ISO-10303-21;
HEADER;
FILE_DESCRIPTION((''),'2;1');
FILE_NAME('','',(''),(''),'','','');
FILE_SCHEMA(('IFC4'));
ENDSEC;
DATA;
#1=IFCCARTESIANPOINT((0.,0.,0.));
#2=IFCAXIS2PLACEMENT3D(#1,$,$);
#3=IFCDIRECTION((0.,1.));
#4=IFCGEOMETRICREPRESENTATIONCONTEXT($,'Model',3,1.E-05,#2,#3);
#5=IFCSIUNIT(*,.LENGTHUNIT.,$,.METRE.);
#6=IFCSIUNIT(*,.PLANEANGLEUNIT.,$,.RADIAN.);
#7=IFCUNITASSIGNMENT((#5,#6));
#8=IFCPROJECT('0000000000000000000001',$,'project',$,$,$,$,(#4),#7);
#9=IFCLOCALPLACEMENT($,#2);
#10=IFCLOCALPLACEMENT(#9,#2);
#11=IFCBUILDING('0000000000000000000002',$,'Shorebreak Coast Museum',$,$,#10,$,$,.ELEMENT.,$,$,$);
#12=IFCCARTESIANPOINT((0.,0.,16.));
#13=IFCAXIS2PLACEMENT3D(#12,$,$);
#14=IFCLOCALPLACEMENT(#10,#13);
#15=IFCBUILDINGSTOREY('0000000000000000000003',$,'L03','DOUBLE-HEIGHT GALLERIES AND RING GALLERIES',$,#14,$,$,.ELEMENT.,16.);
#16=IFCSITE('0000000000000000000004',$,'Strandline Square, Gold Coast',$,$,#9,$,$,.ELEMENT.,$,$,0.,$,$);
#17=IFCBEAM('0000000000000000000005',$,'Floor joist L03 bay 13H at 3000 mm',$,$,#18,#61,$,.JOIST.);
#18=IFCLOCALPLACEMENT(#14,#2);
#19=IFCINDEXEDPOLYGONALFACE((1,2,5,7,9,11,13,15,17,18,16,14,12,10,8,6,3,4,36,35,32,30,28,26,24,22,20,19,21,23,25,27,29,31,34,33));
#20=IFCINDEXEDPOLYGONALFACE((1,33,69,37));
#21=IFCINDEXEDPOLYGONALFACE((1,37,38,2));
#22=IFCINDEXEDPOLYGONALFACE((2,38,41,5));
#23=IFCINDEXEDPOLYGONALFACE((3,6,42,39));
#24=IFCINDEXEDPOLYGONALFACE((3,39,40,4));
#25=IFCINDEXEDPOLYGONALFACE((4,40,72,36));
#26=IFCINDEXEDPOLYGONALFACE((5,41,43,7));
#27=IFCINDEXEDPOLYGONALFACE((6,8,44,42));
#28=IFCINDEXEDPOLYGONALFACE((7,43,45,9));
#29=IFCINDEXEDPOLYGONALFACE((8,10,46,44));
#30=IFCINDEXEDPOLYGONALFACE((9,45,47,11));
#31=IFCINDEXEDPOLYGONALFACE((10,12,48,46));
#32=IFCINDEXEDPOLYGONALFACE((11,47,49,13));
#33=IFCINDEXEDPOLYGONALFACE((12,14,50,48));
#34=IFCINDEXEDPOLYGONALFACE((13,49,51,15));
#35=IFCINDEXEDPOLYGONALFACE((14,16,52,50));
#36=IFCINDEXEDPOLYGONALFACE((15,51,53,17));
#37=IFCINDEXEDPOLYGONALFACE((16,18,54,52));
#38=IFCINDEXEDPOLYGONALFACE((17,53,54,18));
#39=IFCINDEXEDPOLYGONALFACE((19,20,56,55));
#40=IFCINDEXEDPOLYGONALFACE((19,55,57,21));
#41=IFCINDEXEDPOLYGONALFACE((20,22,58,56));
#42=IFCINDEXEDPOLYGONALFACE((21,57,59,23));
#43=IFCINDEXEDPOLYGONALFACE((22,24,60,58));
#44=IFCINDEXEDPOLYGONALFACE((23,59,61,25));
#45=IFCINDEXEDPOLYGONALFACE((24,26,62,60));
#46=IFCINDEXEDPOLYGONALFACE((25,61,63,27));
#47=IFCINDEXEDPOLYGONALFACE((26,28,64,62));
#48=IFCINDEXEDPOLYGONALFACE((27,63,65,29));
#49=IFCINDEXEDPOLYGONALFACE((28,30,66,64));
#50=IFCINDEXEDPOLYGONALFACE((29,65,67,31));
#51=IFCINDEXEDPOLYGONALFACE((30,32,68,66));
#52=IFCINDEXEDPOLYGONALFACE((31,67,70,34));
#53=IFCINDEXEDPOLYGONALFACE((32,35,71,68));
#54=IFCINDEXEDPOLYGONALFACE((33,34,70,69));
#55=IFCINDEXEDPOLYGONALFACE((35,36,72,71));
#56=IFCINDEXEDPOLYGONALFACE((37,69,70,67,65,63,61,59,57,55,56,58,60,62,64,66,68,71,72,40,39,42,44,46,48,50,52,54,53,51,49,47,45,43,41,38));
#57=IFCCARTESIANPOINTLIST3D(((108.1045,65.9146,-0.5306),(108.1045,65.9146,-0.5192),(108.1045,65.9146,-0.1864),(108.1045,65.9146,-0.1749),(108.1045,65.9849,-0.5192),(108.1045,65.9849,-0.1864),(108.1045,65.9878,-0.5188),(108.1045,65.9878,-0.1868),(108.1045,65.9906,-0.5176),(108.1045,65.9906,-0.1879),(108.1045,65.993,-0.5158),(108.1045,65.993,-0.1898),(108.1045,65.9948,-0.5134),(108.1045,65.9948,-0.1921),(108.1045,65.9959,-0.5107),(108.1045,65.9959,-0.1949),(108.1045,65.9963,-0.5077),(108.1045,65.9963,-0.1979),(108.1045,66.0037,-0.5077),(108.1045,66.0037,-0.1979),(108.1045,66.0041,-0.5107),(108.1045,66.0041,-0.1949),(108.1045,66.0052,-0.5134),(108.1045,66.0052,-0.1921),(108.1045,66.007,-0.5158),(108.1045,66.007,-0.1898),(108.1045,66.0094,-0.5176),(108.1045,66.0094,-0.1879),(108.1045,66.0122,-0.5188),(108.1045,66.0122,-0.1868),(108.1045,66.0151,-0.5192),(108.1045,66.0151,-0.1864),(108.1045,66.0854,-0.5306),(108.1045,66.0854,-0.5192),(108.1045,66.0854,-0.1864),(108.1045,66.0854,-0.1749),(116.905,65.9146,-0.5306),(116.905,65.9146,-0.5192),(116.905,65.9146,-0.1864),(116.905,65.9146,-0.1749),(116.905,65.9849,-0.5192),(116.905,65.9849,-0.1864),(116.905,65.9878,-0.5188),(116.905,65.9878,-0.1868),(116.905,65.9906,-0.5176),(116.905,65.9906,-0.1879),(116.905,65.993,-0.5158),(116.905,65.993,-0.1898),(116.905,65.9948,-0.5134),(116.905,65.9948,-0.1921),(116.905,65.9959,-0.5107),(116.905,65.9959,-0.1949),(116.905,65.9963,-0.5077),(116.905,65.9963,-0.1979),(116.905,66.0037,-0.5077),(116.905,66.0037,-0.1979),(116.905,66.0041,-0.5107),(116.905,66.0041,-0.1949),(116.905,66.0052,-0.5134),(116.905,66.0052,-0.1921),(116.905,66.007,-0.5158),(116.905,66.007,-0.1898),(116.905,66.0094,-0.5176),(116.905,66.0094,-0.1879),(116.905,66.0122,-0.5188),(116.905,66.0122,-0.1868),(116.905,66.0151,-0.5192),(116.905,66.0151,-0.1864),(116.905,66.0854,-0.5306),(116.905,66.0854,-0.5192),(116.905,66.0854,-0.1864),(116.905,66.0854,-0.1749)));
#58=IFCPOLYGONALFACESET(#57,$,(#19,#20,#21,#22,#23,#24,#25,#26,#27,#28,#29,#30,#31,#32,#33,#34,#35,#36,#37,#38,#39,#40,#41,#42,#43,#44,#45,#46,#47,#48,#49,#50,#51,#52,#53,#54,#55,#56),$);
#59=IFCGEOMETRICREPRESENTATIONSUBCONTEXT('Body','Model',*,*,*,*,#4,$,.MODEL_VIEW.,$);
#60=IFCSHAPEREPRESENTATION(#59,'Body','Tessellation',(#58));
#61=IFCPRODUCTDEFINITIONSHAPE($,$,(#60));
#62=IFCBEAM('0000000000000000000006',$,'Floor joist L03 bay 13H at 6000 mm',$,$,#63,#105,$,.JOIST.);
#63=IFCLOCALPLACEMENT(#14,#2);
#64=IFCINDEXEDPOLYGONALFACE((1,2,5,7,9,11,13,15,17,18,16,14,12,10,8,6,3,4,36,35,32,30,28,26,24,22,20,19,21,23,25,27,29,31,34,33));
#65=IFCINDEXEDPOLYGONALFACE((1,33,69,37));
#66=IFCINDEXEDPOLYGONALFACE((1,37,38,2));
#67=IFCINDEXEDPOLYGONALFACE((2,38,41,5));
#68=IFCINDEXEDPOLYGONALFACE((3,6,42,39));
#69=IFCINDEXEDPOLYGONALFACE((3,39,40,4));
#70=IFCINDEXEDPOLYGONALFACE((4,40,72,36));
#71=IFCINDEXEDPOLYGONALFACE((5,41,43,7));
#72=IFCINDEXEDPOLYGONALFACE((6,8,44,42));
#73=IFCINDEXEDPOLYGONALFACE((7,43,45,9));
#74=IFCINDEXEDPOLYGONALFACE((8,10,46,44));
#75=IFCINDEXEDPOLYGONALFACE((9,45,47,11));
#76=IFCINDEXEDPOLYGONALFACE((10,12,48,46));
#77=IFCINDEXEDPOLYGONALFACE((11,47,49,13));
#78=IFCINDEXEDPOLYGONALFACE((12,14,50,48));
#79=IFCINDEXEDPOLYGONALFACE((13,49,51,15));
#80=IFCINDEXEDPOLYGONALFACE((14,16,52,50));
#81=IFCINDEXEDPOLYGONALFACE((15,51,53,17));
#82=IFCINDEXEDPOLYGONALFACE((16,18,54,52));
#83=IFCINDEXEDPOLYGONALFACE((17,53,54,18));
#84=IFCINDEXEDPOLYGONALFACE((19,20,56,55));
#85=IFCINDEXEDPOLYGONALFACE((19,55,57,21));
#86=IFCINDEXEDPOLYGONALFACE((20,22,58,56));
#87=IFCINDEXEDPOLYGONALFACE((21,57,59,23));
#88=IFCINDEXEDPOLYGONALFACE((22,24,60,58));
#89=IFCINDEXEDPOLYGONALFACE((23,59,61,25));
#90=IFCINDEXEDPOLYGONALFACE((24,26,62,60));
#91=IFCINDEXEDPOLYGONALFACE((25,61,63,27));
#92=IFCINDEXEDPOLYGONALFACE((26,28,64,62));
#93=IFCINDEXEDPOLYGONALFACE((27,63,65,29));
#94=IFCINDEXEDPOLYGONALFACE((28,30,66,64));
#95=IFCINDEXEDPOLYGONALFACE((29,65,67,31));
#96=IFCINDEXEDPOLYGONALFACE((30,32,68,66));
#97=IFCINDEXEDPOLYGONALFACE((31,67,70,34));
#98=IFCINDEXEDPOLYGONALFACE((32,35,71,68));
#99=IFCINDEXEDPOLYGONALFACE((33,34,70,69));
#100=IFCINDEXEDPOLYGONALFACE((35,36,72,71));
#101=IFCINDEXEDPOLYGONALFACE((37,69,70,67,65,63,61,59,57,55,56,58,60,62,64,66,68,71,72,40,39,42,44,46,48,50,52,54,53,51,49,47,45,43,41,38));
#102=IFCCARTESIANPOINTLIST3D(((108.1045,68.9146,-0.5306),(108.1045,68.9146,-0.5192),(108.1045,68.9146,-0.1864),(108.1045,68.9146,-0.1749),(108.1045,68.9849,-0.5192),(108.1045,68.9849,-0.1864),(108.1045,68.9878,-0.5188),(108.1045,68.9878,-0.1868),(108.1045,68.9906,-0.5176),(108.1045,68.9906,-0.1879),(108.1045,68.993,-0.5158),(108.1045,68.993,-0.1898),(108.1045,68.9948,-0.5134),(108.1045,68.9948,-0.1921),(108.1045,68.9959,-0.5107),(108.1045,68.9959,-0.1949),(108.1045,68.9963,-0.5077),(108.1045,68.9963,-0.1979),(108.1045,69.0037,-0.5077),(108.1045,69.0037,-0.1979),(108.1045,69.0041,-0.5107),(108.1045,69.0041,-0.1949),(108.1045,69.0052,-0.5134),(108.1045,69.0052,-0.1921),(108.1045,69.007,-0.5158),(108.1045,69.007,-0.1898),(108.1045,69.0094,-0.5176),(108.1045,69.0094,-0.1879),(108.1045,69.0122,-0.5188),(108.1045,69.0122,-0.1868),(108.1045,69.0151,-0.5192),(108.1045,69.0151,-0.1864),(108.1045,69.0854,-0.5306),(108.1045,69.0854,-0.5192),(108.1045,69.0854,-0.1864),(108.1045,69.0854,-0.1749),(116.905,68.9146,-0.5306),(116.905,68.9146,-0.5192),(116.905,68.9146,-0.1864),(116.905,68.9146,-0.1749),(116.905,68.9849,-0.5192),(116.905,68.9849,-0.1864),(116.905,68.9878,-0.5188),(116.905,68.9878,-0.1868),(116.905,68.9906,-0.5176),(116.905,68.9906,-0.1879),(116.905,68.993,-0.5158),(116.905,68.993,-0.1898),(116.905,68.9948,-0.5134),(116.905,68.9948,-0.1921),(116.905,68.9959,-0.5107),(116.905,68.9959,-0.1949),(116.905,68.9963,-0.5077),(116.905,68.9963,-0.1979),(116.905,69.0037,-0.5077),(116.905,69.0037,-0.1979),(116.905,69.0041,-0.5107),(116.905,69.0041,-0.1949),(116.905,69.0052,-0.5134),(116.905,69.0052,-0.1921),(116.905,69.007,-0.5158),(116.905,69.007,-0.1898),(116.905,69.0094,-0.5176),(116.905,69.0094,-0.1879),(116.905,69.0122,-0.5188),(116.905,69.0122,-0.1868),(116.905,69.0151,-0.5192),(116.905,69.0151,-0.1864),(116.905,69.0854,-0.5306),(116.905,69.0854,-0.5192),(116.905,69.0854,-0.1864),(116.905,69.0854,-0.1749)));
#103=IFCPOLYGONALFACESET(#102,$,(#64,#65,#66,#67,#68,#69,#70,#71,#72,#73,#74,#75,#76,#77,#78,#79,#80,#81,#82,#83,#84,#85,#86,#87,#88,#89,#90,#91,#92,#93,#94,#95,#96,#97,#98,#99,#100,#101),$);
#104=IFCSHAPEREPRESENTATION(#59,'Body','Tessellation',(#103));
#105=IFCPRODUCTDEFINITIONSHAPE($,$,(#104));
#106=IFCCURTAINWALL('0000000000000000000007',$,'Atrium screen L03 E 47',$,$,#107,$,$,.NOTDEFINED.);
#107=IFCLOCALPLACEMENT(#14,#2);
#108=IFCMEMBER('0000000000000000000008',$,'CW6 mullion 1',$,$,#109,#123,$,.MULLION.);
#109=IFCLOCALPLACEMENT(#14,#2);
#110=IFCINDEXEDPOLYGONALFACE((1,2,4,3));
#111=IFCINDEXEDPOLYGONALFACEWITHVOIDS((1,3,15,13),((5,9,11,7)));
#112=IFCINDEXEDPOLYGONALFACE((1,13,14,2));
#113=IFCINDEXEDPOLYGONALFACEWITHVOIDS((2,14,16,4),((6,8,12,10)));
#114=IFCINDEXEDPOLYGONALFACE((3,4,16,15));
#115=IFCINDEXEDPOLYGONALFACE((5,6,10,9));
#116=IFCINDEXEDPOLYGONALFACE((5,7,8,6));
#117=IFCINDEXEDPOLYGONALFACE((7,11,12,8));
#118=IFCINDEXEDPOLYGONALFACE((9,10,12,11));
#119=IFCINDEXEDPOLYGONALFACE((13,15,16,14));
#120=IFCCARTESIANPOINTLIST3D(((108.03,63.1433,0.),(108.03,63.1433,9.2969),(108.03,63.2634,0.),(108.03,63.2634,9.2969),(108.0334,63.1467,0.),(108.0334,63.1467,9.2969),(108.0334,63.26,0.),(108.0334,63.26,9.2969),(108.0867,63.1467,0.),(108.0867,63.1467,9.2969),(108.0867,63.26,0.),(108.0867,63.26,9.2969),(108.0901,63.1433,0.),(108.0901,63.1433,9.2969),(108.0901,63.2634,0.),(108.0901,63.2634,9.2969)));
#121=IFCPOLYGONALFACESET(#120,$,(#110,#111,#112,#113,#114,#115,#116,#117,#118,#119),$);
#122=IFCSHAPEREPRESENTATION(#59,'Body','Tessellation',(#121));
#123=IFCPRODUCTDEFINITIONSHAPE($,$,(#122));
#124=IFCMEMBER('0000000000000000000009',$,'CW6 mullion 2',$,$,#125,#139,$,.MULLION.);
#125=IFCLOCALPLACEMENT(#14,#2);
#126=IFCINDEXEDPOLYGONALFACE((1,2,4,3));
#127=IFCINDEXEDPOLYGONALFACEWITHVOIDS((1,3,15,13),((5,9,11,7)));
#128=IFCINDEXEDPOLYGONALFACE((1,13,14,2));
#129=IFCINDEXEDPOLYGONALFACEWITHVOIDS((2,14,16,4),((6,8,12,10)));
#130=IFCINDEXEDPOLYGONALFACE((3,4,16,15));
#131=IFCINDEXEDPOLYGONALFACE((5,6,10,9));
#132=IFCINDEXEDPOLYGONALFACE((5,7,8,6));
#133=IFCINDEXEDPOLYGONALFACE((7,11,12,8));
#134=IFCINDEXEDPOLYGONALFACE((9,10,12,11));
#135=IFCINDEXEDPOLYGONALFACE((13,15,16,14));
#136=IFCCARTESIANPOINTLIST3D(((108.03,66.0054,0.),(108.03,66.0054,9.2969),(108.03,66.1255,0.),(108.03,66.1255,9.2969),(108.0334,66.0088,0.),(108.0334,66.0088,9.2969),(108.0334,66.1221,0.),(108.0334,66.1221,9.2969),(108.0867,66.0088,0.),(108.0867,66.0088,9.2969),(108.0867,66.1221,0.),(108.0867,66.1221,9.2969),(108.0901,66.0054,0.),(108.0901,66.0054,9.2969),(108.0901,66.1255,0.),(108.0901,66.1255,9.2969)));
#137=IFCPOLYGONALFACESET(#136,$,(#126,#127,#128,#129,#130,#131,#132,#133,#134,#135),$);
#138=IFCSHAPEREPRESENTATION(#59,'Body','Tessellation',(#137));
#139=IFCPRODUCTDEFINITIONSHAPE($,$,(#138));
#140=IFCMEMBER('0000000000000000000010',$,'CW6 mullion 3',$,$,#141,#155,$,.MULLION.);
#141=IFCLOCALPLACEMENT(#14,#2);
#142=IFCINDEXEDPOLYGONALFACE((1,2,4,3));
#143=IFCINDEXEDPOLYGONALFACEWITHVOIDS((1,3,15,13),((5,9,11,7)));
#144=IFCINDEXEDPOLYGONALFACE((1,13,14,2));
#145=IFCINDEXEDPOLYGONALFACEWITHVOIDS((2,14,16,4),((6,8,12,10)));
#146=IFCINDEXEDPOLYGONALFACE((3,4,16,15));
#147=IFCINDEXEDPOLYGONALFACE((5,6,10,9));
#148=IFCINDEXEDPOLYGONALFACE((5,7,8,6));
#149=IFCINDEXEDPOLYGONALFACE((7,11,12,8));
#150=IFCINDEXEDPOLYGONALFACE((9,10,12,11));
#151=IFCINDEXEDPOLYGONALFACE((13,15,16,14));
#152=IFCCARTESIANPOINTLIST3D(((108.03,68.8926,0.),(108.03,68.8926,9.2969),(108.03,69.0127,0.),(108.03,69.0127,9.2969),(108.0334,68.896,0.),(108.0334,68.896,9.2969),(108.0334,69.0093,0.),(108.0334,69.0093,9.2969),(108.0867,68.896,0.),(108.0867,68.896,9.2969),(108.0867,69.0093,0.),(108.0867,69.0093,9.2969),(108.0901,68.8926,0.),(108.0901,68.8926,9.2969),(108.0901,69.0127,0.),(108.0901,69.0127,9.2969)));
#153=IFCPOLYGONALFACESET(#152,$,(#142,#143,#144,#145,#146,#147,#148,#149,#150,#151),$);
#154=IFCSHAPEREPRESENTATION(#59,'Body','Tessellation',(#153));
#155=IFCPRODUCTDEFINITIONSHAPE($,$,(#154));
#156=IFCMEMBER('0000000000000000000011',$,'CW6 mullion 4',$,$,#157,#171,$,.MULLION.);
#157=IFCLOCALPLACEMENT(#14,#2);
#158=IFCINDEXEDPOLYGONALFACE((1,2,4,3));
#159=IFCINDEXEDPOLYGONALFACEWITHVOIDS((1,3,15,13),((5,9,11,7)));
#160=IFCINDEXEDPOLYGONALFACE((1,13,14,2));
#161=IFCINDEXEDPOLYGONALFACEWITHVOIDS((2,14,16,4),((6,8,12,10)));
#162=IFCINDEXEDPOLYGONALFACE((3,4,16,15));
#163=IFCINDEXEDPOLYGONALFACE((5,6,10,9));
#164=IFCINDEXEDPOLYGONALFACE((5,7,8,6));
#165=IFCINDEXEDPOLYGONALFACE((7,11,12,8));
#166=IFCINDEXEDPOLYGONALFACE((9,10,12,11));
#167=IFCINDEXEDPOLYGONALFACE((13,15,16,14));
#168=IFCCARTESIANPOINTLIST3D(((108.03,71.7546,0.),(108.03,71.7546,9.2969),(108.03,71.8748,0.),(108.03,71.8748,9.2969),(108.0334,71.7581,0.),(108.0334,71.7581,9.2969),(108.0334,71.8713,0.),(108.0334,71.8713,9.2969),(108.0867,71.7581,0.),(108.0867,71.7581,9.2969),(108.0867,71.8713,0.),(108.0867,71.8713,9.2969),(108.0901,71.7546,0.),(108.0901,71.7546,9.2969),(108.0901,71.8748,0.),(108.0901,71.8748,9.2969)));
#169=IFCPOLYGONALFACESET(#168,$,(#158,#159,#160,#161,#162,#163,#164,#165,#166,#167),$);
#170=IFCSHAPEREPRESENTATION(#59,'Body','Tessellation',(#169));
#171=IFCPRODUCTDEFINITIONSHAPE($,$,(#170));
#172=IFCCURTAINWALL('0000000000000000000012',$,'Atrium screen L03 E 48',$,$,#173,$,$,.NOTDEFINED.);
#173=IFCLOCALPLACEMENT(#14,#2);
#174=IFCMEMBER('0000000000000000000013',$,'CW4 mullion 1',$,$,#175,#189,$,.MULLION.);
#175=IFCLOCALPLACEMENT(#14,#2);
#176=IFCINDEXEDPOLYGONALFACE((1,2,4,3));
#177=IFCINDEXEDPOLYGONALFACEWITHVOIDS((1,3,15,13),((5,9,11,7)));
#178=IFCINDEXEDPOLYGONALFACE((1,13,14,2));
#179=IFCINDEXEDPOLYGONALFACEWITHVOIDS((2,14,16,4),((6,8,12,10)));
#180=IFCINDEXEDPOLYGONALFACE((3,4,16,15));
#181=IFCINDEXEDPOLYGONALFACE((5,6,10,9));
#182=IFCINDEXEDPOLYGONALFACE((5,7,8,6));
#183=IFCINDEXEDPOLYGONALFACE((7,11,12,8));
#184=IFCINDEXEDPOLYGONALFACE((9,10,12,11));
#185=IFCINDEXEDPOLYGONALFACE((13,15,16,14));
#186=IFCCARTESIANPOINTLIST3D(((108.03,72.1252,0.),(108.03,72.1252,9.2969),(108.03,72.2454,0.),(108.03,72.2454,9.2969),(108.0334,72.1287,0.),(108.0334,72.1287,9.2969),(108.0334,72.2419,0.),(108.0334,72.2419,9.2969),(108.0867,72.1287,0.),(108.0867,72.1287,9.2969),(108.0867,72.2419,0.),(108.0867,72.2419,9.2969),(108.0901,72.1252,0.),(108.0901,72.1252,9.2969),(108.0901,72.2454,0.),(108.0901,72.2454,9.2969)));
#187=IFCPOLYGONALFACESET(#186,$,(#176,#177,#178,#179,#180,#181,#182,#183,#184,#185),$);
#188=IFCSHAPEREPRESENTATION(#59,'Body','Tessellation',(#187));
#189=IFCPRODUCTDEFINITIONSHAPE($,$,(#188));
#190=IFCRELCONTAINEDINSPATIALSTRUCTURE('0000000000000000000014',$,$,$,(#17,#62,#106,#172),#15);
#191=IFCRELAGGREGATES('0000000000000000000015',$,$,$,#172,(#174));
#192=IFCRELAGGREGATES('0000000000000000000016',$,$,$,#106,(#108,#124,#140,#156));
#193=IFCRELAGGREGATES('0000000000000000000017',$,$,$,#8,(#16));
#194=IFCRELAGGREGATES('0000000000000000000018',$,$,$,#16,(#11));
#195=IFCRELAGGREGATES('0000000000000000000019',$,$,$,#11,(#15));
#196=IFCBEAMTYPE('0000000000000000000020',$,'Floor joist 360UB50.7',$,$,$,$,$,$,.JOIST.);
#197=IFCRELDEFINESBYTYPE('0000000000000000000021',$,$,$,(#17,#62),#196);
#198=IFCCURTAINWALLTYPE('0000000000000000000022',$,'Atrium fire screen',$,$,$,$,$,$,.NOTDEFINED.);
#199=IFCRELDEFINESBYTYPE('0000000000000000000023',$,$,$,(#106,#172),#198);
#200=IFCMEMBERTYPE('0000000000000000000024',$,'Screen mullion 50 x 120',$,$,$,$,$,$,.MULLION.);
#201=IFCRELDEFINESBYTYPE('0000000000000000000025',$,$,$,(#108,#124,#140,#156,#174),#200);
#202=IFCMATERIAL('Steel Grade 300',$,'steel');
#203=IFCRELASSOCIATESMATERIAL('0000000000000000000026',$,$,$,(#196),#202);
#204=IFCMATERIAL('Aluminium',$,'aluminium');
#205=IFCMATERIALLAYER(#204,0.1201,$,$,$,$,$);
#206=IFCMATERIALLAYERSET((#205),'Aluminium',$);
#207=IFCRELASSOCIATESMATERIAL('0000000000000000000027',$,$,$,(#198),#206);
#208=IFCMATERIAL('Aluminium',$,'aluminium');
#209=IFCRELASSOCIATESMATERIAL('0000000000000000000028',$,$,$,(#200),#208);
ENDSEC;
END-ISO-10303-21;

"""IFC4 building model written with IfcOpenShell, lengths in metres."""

from ifc_helpers import new_model, si_unit, direction, frame, origin, origin_2d, place, context, subcontext, project, spatial, hollow_rectangle, i_section, extrude, material, layer, layer_set, material_profile, profile_set, type_object, element, aggregate, save


model = new_model("IFC4")

# Units and contexts
model_context = context("Model", 3, precision=1e-05, world=origin(), true_north=direction((0.0, 1.0)))
body_context = subcontext(model_context, "Body", "Model", "MODEL_VIEW")
ifc_project = project(units=[si_unit("LENGTHUNIT", "METRE"), si_unit("PLANEANGLEUNIT", "RADIAN")], contexts=[model_context])

# Site, building, storey
site_placement = place(None, origin())
site = spatial("IfcSite", under=ifc_project, at=site_placement, Name="Strandline Square, Gold Coast", CompositionType="ELEMENT", RefElevation=0.0)
building_placement = place(site_placement, origin())
building = spatial("IfcBuilding", under=site, at=building_placement, Name="Shorebreak Coast Museum", CompositionType="ELEMENT")
storey_placement = place(building_placement, frame((0.0, 0.0, 16.0)))
storey = spatial("IfcBuildingStorey", under=building, at=storey_placement, Name="L03", Description="DOUBLE-HEIGHT GALLERIES AND RING GALLERIES", CompositionType="ELEMENT", Elevation=16.0)

# Beams
ifc_material_1 = material(Name="Steel Grade 300", Category="steel")
ifc_material_profile_1 = material_profile(ifc_material_1, i_section(OverallWidth=0.1709, OverallDepth=0.3557, WebThickness=0.0073, FlangeThickness=0.0115, FilletRadius=0.0115, at=origin_2d()), Name="360UB50.7")
ifc_profile_set_1 = profile_set([ifc_material_profile_1], Name="Steel Grade 300")
beam_type_1 = type_object("IfcBeamType", Name="Floor joist 360UB50.7", PredefinedType="JOIST", material=ifc_profile_set_1)
for number, where, z_axis, x_axis, name in (
    (1, (108.1045, 66.0, -0.3528), (1.0, 0.0, 0.0), (0.0, 1.0, 0.0), "Floor joist L03 bay 13H at 3000 mm"),
    (2, (108.1045, 69.0, -0.3528), (1.0, 0.0, 0.0), (0.0, 1.0, 0.0), "Floor joist L03 bay 13H at 6000 mm"),
):
    element("IfcBeam", number, at=place(storey_placement, frame(where, z_axis=z_axis, x_axis=x_axis)), inside=storey, type_object=beam_type_1, Name=name, PredefinedType="JOIST", context=body_context, shape_type="SweptSolid", body=[
        extrude(i_section(OverallWidth=0.1709, OverallDepth=0.3557, WebThickness=0.0073, FlangeThickness=0.0115, FilletRadius=0.0115, at=origin_2d()), origin(), (0.0, 0.0, 1.0), 8.8005),
    ])

# Curtain wall, members
ifc_material_2 = material(Name="Aluminium", Category="aluminium")
ifc_layer_1 = layer(ifc_material_2, 0.1201)
ifc_layer_set_1 = layer_set([ifc_layer_1], Name="Aluminium")
curtain_wall_type = type_object("IfcCurtainWallType", Name="Atrium fire screen", PredefinedType="NOTDEFINED", material=ifc_layer_set_1)
curtain_wall_1_placement = place(storey_placement, origin())
curtain_wall_1 = element("IfcCurtainWall", 3, at=curtain_wall_1_placement, inside=storey, type_object=curtain_wall_type, Name="Atrium screen L03 E 47", PredefinedType="NOTDEFINED")
ifc_material_3 = material(Name="Aluminium", Category="aluminium")
ifc_material_profile_2 = material_profile(ifc_material_3, hollow_rectangle(XDim=0.0601, YDim=0.1201, WallThickness=0.0034, at=origin_2d()), Name="AL 120x60 RHS")
ifc_profile_set_2 = profile_set([ifc_material_profile_2], Name="Aluminium")
member_type_1 = type_object("IfcMemberType", Name="Screen mullion 50 x 120", PredefinedType="MULLION", material=ifc_profile_set_2)
member_1_placement = place(storey_placement, frame((108.0601, 63.2034, 0.0), z_axis=(0.0, 0.0, 1.0), x_axis=(-1.0, 0.0, 0.0)))
member_1 = element("IfcMember", 4, at=member_1_placement, type_object=member_type_1, Name="CW6 mullion 1", PredefinedType="MULLION", context=body_context, shape_type="SweptSolid", body=[
    extrude(hollow_rectangle(XDim=0.0601, YDim=0.1201, WallThickness=0.0034, at=origin_2d()), origin(), (0.0, 0.0, 1.0), 9.2969),
])
member_2_placement = place(storey_placement, frame((108.0601, 66.0654, 0.0), z_axis=(0.0, 0.0, 1.0), x_axis=(-1.0, 0.0, 0.0)))
member_2 = element("IfcMember", 5, at=member_2_placement, type_object=member_type_1, Name="CW6 mullion 2", PredefinedType="MULLION", context=body_context, shape_type="SweptSolid", body=[
    extrude(hollow_rectangle(XDim=0.0601, YDim=0.1201, WallThickness=0.0034, at=origin_2d()), origin(), (0.0, 0.0, 1.0), 9.2969),
])
member_3_placement = place(storey_placement, frame((108.0601, 68.9526, 0.0), z_axis=(0.0, 0.0, 1.0), x_axis=(-1.0, 0.0, 0.0)))
member_3 = element("IfcMember", 6, at=member_3_placement, type_object=member_type_1, Name="CW6 mullion 3", PredefinedType="MULLION", context=body_context, shape_type="SweptSolid", body=[
    extrude(hollow_rectangle(XDim=0.0601, YDim=0.1201, WallThickness=0.0034, at=origin_2d()), origin(), (0.0, 0.0, 1.0), 9.2969),
])
member_4_placement = place(storey_placement, frame((108.0601, 71.8147, 0.0), z_axis=(0.0, 0.0, 1.0), x_axis=(-1.0, 0.0, 0.0)))
member_4 = element("IfcMember", 7, at=member_4_placement, type_object=member_type_1, Name="CW6 mullion 4", PredefinedType="MULLION", context=body_context, shape_type="SweptSolid", body=[
    extrude(hollow_rectangle(XDim=0.0601, YDim=0.1201, WallThickness=0.0034, at=origin_2d()), origin(), (0.0, 0.0, 1.0), 9.2969),
])

# Curtain wall, member
curtain_wall_2_placement = place(storey_placement, origin())
curtain_wall_2 = element("IfcCurtainWall", 8, at=curtain_wall_2_placement, inside=storey, type_object=curtain_wall_type, Name="Atrium screen L03 E 48", PredefinedType="NOTDEFINED")
member_5_placement = place(storey_placement, frame((108.0601, 72.1853, 0.0), z_axis=(0.0, 0.0, 1.0), x_axis=(-1.0, 0.0, 0.0)))
member_5 = element("IfcMember", 9, at=member_5_placement, type_object=member_type_1, Name="CW4 mullion 1", PredefinedType="MULLION", context=body_context, shape_type="SweptSolid", body=[
    extrude(hollow_rectangle(XDim=0.0601, YDim=0.1201, WallThickness=0.0034, at=origin_2d()), origin(), (0.0, 0.0, 1.0), 9.2969),
])

aggregate(curtain_wall_2, [member_5])

aggregate(curtain_wall_1, [member_1, member_2, member_3, member_4])

save(model, "model.ifc")
